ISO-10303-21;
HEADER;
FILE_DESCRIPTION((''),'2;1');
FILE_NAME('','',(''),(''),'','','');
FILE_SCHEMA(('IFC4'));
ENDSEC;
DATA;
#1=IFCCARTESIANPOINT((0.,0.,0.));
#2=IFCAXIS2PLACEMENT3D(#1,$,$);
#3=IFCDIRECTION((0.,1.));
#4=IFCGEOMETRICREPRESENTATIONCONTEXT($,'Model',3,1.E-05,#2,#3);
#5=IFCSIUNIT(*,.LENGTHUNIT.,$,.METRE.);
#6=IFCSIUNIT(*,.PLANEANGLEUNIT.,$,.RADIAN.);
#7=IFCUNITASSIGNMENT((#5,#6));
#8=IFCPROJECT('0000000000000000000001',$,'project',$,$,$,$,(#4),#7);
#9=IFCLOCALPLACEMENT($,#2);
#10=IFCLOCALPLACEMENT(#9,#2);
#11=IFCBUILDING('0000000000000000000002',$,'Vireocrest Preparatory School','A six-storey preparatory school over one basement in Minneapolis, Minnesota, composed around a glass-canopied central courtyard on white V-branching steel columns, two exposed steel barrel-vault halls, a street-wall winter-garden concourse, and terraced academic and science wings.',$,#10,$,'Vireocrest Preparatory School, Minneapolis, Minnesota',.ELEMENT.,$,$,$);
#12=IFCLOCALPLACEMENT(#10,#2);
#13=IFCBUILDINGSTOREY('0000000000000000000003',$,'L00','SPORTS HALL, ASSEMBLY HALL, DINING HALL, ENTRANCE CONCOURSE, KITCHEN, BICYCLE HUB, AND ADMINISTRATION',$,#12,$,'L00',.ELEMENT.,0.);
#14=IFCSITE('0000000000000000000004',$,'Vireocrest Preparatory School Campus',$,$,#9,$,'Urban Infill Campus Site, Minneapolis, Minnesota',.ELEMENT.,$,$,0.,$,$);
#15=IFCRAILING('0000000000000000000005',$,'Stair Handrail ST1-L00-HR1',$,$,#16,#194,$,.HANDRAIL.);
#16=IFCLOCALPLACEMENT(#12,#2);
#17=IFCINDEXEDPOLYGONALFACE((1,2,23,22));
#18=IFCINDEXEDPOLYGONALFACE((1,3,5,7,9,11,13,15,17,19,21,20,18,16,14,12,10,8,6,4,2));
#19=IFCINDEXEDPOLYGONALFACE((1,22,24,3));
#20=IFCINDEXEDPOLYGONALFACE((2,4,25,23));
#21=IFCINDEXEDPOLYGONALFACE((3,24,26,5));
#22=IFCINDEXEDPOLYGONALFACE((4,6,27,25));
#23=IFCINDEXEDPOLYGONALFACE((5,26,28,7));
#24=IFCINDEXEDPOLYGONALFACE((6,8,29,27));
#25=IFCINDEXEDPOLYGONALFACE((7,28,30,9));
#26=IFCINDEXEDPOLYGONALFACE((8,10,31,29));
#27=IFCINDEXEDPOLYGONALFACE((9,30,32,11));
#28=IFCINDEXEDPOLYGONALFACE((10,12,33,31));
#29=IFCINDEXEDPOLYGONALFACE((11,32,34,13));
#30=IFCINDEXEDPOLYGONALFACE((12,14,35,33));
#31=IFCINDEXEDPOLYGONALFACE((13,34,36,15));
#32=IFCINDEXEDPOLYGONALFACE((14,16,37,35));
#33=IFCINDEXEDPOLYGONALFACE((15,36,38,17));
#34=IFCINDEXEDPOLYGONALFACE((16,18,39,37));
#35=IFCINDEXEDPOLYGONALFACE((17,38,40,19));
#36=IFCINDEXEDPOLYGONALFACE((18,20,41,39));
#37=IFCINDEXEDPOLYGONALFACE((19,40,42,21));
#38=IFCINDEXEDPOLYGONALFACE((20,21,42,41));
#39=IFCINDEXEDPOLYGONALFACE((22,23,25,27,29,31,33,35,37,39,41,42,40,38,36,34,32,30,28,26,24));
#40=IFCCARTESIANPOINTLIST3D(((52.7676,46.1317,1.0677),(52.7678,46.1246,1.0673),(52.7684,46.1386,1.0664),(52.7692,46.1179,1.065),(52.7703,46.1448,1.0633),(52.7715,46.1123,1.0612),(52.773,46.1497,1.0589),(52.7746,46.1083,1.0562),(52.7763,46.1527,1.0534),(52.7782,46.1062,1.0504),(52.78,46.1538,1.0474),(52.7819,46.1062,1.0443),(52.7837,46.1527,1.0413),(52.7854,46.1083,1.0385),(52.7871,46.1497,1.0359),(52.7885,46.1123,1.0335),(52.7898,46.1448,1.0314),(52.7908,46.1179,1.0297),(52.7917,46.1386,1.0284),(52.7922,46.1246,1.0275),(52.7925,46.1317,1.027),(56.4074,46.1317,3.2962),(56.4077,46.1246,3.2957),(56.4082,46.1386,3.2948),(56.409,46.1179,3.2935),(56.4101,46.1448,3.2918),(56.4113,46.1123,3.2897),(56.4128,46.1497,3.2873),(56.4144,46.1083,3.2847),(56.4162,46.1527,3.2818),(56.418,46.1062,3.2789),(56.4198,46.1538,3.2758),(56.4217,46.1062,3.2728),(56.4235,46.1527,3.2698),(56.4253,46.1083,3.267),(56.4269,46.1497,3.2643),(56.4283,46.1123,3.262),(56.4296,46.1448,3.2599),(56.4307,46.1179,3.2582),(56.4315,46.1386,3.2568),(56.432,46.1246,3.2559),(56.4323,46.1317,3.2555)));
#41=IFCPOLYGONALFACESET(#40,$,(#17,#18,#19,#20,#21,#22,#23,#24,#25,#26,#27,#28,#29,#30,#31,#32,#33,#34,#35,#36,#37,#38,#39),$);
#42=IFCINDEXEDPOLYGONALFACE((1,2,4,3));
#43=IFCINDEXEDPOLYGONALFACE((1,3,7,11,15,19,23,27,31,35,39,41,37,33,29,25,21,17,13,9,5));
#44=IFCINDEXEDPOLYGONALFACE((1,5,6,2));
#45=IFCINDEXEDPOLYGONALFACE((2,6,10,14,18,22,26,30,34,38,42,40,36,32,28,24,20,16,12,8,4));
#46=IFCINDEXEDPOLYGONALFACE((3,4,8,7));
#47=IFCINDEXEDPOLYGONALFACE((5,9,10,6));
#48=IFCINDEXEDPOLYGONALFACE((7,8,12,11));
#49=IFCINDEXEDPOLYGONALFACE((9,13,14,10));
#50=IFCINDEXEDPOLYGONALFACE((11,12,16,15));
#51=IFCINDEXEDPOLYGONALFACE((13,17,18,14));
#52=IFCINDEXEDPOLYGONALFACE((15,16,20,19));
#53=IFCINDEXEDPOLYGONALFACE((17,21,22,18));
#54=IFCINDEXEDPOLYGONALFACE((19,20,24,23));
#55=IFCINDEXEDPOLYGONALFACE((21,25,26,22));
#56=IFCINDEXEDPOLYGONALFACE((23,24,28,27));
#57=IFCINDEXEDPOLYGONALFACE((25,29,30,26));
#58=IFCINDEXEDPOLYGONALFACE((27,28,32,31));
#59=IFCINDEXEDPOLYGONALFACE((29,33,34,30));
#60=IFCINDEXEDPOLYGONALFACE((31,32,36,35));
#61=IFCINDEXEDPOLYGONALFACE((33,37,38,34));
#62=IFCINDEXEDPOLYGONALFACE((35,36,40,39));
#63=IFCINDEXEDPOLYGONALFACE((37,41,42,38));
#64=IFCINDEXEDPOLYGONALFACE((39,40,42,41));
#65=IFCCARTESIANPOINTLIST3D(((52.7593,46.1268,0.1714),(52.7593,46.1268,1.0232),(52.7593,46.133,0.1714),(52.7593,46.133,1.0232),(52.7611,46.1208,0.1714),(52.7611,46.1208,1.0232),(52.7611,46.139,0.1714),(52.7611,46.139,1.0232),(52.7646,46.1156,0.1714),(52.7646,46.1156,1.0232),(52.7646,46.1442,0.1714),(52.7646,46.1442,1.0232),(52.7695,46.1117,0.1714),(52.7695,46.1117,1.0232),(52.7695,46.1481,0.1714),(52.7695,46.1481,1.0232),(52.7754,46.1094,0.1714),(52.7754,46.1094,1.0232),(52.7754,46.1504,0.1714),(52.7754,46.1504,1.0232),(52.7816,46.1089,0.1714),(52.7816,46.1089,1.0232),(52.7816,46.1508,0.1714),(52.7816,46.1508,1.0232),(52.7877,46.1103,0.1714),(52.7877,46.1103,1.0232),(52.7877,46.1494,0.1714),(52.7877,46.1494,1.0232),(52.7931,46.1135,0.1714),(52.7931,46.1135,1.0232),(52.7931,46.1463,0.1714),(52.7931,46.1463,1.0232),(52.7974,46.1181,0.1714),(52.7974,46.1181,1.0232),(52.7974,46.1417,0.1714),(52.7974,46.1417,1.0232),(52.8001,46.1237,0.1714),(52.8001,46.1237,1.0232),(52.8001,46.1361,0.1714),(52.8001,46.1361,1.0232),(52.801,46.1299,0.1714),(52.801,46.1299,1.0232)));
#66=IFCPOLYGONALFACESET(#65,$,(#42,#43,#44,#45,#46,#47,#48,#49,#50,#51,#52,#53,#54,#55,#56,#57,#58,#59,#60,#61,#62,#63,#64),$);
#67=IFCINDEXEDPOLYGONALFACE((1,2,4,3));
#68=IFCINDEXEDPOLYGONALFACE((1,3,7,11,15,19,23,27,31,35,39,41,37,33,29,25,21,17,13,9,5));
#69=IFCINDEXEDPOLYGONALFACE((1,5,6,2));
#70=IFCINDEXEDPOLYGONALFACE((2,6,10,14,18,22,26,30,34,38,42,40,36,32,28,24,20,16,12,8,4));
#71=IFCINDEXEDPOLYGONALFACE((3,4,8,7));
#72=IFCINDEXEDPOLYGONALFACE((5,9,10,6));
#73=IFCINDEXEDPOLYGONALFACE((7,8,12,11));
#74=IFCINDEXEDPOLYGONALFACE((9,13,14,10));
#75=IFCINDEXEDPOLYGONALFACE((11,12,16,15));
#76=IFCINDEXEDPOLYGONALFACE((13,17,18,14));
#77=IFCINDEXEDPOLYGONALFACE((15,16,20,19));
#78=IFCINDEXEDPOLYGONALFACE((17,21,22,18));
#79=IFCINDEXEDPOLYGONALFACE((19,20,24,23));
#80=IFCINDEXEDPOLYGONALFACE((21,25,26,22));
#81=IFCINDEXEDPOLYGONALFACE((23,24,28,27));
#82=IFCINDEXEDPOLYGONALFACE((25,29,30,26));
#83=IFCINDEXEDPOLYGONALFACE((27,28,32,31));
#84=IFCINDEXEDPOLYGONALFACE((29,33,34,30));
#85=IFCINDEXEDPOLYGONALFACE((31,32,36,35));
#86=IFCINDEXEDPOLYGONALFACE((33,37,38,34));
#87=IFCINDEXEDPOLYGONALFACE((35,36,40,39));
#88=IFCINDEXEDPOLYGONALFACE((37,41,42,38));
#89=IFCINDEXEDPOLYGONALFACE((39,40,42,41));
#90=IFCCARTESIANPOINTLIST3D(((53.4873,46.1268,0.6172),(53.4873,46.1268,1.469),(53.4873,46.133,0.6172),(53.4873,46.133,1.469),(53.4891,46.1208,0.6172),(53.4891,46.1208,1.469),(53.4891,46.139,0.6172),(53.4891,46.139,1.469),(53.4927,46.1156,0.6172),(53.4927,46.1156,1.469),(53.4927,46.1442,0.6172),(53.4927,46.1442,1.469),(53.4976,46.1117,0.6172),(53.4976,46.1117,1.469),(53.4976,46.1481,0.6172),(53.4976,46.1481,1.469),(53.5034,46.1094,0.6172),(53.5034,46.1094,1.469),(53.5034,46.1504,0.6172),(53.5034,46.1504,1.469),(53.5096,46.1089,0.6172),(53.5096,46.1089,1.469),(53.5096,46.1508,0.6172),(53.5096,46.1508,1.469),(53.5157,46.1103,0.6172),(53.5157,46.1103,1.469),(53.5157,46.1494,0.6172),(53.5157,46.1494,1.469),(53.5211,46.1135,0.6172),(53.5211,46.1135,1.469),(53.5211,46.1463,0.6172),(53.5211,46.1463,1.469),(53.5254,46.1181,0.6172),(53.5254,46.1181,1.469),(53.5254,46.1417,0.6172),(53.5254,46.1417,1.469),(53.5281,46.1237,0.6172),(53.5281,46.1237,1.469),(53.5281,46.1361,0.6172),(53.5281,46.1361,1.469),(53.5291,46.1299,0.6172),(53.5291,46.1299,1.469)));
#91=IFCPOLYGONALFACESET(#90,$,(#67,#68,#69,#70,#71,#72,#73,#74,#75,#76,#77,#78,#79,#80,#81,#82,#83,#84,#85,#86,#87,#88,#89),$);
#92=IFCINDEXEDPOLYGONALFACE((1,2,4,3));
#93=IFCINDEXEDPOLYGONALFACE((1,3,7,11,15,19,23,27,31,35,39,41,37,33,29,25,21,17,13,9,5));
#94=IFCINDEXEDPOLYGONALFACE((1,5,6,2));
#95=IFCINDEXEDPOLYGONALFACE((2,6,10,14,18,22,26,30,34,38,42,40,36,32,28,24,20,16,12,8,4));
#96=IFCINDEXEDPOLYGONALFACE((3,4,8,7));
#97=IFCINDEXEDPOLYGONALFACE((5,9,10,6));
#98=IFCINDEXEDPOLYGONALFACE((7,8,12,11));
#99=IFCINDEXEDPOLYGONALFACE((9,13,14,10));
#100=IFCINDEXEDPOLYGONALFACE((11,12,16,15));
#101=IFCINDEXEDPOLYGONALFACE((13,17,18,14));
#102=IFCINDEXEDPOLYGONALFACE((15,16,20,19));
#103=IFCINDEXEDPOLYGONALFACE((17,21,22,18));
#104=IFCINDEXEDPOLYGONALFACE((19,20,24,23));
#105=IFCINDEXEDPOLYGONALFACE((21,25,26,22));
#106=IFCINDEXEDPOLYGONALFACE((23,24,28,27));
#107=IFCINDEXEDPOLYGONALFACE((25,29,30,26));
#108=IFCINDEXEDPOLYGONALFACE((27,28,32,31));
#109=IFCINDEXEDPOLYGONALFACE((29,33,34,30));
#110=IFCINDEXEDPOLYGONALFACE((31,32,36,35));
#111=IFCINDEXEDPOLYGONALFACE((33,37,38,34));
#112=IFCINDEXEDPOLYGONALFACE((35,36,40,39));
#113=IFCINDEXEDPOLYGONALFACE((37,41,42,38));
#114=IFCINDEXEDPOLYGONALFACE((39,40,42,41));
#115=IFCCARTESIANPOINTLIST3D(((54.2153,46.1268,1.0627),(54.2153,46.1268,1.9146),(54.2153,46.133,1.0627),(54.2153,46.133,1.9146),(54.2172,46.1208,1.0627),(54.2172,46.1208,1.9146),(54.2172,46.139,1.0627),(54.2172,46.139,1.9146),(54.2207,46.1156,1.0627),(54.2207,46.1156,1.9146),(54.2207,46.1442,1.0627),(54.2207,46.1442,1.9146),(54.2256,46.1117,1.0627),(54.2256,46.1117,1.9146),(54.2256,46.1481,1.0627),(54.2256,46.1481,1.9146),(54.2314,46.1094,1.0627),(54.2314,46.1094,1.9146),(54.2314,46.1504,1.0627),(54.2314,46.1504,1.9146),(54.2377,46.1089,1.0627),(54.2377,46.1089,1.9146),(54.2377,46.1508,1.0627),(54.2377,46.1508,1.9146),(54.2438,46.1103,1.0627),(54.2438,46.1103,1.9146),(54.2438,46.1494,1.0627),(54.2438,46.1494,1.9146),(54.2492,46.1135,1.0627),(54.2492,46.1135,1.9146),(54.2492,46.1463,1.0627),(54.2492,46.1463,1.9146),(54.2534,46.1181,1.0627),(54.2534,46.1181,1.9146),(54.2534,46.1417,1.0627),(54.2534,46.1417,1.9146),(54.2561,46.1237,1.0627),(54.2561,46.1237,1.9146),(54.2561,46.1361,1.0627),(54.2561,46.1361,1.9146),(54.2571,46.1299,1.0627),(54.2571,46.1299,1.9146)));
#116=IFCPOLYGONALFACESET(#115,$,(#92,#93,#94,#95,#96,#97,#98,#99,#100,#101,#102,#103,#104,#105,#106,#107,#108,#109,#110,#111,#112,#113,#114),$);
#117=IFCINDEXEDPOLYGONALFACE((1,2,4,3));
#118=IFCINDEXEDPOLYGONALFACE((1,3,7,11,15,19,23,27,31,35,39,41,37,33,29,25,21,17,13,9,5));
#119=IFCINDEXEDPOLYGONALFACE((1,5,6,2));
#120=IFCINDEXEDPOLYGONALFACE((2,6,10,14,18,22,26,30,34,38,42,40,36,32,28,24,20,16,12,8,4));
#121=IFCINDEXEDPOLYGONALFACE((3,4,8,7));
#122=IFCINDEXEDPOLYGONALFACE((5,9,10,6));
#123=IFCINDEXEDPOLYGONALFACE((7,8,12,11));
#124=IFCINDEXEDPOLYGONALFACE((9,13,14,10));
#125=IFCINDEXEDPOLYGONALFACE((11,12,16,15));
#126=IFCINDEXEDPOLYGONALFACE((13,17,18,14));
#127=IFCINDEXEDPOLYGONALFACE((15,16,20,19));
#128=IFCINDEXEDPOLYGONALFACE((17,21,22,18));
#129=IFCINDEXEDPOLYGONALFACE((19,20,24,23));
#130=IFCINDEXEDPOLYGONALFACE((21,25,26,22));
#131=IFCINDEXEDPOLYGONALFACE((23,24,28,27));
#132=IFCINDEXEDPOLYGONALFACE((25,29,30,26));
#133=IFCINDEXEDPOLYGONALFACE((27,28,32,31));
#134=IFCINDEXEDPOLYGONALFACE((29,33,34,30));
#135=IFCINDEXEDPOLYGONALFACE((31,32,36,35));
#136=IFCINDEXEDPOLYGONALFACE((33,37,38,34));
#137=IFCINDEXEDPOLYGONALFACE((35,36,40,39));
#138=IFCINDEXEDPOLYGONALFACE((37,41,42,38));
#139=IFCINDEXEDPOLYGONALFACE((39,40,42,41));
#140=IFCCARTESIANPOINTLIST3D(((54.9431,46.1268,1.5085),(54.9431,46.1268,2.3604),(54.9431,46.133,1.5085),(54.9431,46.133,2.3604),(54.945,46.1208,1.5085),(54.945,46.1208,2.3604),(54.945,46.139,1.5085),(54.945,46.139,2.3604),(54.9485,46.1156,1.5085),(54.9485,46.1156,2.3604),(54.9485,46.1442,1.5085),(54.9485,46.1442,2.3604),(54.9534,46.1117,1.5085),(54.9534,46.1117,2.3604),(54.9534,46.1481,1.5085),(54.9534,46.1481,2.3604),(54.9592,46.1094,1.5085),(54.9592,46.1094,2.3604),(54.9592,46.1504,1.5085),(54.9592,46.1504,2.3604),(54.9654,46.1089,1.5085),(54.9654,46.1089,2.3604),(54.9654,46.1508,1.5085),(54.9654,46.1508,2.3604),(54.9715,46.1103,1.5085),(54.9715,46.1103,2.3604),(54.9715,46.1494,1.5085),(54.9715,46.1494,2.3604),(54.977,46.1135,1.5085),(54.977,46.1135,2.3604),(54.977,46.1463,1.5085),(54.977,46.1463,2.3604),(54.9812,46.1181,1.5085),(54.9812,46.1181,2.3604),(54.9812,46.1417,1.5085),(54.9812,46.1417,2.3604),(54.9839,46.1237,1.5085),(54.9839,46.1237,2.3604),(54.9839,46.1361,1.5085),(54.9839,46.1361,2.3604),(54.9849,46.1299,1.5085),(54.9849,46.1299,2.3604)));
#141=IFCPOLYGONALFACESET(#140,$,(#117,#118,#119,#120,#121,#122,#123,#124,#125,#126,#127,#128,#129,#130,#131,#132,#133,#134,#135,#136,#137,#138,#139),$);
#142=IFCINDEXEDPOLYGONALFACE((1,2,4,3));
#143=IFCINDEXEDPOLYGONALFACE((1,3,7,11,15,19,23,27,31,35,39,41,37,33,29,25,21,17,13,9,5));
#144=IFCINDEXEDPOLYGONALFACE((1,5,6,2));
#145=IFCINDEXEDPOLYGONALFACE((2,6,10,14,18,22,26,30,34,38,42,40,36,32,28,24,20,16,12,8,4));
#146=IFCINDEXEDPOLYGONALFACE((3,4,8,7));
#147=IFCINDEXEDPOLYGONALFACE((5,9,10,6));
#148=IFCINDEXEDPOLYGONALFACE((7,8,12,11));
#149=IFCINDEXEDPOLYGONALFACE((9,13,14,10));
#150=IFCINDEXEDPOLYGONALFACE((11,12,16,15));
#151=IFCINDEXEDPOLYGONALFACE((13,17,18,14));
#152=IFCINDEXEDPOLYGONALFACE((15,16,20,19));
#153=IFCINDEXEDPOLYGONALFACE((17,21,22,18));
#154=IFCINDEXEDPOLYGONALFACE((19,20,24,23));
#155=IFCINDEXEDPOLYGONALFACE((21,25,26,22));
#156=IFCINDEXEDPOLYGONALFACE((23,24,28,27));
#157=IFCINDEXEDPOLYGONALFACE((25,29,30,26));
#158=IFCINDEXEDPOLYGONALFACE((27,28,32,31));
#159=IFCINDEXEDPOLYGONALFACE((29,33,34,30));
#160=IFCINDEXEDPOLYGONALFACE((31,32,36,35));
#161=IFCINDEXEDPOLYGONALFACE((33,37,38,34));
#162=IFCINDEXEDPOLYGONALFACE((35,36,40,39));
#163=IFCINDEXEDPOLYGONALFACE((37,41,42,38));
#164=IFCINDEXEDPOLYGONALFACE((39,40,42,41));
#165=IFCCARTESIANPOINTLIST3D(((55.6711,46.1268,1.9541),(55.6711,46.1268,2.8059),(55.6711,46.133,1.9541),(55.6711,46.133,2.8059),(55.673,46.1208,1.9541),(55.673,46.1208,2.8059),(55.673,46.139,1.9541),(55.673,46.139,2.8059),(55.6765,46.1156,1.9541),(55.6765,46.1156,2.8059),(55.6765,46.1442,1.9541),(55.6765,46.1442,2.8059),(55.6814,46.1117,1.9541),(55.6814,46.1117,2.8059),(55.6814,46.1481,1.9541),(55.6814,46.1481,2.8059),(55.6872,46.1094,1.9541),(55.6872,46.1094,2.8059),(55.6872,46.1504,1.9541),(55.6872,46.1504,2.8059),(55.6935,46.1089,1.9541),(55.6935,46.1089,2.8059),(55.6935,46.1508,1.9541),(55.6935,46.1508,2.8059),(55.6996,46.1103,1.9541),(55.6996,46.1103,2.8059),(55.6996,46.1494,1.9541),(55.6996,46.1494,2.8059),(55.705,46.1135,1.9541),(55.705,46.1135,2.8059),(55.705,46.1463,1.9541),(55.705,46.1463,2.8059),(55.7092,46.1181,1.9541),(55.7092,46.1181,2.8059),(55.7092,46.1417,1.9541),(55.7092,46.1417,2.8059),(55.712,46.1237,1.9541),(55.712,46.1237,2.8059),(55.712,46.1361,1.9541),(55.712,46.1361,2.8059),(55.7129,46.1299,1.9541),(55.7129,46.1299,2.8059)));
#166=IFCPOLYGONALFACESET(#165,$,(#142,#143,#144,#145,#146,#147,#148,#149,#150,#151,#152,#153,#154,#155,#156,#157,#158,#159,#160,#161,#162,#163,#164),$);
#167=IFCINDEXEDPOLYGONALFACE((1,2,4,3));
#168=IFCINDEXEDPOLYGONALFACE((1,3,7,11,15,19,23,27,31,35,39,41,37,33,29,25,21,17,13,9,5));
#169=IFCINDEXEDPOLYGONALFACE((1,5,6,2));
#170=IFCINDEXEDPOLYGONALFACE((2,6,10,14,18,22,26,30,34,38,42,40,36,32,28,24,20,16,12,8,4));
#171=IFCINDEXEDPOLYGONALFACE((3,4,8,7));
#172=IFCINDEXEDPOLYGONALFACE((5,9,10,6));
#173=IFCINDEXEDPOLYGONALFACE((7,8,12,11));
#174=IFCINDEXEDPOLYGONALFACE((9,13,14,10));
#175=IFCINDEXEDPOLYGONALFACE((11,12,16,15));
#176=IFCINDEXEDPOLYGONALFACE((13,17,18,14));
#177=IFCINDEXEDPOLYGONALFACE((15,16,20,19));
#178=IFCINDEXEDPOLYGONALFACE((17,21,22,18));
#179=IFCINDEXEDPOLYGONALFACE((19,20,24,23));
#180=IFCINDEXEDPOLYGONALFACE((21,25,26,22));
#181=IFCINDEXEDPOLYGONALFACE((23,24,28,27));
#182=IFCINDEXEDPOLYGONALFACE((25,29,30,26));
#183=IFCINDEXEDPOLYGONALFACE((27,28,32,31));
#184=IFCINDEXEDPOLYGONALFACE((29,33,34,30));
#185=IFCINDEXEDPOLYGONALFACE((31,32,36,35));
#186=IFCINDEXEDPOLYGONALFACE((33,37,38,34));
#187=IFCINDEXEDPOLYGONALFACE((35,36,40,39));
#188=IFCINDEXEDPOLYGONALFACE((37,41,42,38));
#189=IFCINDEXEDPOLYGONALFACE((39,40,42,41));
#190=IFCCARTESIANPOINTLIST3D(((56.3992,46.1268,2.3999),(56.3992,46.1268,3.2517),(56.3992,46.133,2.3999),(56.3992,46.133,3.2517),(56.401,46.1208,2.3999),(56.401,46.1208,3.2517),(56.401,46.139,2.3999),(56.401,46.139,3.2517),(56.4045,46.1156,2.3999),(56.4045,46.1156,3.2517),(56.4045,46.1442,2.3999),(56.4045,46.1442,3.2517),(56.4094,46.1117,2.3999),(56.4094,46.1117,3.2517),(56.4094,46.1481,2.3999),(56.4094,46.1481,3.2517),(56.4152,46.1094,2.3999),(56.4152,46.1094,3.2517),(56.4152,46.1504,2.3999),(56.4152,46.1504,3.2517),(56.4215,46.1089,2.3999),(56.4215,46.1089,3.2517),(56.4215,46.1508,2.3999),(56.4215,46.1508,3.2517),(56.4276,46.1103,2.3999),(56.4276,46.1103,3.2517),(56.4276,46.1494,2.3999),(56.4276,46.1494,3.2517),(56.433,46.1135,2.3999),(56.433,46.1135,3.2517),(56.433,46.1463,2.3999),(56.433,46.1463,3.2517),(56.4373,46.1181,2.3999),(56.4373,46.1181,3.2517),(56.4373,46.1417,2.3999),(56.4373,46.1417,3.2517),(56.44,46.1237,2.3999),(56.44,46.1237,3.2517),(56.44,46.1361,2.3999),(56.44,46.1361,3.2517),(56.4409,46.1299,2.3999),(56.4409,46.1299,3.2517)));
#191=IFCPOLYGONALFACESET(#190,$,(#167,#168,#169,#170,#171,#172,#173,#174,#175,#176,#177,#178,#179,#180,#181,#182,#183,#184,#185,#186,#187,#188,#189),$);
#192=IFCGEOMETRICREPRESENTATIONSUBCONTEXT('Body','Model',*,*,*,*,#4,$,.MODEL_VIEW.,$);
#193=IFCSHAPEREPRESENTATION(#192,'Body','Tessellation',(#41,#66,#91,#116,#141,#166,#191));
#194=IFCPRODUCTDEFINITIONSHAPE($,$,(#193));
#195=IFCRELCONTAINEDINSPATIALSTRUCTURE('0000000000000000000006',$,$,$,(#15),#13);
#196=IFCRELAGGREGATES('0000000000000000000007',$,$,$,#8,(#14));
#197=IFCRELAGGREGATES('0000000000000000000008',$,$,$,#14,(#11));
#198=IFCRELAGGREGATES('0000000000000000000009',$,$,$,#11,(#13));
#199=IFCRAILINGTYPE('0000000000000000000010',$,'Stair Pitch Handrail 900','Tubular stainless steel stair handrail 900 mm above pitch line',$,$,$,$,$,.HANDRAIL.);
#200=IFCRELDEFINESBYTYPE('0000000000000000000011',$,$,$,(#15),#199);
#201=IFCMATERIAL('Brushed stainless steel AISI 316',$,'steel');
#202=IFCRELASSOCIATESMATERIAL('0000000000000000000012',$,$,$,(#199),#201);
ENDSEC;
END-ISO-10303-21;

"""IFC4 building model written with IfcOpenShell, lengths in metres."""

from ifc_helpers import new_model, si_unit, direction, frame, origin, origin_2d, place, context, subcontext, project, spatial, circle, extrude, material, type_object, element, save


model = new_model("IFC4")

# Units and contexts
model_context = context("Model", 3, precision=1e-05, world=origin(), true_north=direction((0.0, 1.0)))
body_context = subcontext(model_context, "Body", "Model", "MODEL_VIEW")
ifc_project = project(units=[si_unit("LENGTHUNIT", "METRE"), si_unit("PLANEANGLEUNIT", "RADIAN")], contexts=[model_context])

# Site, building, storey
site_placement = place(None, origin())
site = spatial("IfcSite", under=ifc_project, at=site_placement, Name="Vireocrest Preparatory School Campus", LongName="Urban Infill Campus Site, Minneapolis, Minnesota", CompositionType="ELEMENT", RefElevation=0.0)
building_placement = place(site_placement, origin())
building = spatial("IfcBuilding", under=site, at=building_placement, Name="Vireocrest Preparatory School", Description="A six-storey preparatory school over one basement in Minneapolis, Minnesota, composed around a glass-canopied central courtyard on white V-branching steel columns, two exposed steel barrel-vault halls, a street-wall winter-garden concourse, and terraced academic and science wings.", LongName="Vireocrest Preparatory School, Minneapolis, Minnesota", CompositionType="ELEMENT")
storey_placement = place(building_placement, origin())
storey = spatial("IfcBuildingStorey", under=building, at=storey_placement, Name="L00", Description="SPORTS HALL, ASSEMBLY HALL, DINING HALL, ENTRANCE CONCOURSE, KITCHEN, BICYCLE HUB, AND ADMINISTRATION", LongName="L00", CompositionType="ELEMENT", Elevation=0.0)

# Railing
ifc_material_1 = material(Name="Brushed stainless steel AISI 316", Category="steel")
railing_type_1 = type_object("IfcRailingType", Name="Stair Pitch Handrail 900", Description="Tubular stainless steel stair handrail 900 mm above pitch line", PredefinedType="HANDRAIL", material=ifc_material_1)
railing_1_placement = place(storey_placement, frame((52.78, 46.1299, 0.1714)))
element("IfcRailing", 1, at=railing_1_placement, inside=storey, type_object=railing_type_1, Name="Stair Handrail ST1-L00-HR1", PredefinedType="HANDRAIL", context=body_context, shape_type="SweptSolid", body=[
    extrude(circle(Radius=0.0239, at=origin_2d()), frame((0.0, 0.0, 0.876), z_axis=(0.85285, 0.0, 0.522156), x_axis=(0.0, 1.0, 0.0)), (0.0, 0.0, 1.0), 4.2678),
    extrude(circle(Radius=0.021, at=origin_2d()), origin(), (0.0, 0.0, 1.0), 0.8518),
    extrude(circle(Radius=0.021, at=origin_2d()), frame((0.728, 0.0, 0.4458)), (0.0, 0.0, 1.0), 0.8518),
    extrude(circle(Radius=0.021, at=origin_2d()), frame((1.4561, 0.0, 0.8914)), (0.0, 0.0, 1.0), 0.8518),
    extrude(circle(Radius=0.021, at=origin_2d()), frame((2.1838, 0.0, 1.3372)), (0.0, 0.0, 1.0), 0.8518),
    extrude(circle(Radius=0.021, at=origin_2d()), frame((2.9119, 0.0, 1.7827)), (0.0, 0.0, 1.0), 0.8518),
    extrude(circle(Radius=0.021, at=origin_2d()), frame((3.6399, 0.0, 2.2285)), (0.0, 0.0, 1.0), 0.8518),
])

save(model, "model.ifc")
